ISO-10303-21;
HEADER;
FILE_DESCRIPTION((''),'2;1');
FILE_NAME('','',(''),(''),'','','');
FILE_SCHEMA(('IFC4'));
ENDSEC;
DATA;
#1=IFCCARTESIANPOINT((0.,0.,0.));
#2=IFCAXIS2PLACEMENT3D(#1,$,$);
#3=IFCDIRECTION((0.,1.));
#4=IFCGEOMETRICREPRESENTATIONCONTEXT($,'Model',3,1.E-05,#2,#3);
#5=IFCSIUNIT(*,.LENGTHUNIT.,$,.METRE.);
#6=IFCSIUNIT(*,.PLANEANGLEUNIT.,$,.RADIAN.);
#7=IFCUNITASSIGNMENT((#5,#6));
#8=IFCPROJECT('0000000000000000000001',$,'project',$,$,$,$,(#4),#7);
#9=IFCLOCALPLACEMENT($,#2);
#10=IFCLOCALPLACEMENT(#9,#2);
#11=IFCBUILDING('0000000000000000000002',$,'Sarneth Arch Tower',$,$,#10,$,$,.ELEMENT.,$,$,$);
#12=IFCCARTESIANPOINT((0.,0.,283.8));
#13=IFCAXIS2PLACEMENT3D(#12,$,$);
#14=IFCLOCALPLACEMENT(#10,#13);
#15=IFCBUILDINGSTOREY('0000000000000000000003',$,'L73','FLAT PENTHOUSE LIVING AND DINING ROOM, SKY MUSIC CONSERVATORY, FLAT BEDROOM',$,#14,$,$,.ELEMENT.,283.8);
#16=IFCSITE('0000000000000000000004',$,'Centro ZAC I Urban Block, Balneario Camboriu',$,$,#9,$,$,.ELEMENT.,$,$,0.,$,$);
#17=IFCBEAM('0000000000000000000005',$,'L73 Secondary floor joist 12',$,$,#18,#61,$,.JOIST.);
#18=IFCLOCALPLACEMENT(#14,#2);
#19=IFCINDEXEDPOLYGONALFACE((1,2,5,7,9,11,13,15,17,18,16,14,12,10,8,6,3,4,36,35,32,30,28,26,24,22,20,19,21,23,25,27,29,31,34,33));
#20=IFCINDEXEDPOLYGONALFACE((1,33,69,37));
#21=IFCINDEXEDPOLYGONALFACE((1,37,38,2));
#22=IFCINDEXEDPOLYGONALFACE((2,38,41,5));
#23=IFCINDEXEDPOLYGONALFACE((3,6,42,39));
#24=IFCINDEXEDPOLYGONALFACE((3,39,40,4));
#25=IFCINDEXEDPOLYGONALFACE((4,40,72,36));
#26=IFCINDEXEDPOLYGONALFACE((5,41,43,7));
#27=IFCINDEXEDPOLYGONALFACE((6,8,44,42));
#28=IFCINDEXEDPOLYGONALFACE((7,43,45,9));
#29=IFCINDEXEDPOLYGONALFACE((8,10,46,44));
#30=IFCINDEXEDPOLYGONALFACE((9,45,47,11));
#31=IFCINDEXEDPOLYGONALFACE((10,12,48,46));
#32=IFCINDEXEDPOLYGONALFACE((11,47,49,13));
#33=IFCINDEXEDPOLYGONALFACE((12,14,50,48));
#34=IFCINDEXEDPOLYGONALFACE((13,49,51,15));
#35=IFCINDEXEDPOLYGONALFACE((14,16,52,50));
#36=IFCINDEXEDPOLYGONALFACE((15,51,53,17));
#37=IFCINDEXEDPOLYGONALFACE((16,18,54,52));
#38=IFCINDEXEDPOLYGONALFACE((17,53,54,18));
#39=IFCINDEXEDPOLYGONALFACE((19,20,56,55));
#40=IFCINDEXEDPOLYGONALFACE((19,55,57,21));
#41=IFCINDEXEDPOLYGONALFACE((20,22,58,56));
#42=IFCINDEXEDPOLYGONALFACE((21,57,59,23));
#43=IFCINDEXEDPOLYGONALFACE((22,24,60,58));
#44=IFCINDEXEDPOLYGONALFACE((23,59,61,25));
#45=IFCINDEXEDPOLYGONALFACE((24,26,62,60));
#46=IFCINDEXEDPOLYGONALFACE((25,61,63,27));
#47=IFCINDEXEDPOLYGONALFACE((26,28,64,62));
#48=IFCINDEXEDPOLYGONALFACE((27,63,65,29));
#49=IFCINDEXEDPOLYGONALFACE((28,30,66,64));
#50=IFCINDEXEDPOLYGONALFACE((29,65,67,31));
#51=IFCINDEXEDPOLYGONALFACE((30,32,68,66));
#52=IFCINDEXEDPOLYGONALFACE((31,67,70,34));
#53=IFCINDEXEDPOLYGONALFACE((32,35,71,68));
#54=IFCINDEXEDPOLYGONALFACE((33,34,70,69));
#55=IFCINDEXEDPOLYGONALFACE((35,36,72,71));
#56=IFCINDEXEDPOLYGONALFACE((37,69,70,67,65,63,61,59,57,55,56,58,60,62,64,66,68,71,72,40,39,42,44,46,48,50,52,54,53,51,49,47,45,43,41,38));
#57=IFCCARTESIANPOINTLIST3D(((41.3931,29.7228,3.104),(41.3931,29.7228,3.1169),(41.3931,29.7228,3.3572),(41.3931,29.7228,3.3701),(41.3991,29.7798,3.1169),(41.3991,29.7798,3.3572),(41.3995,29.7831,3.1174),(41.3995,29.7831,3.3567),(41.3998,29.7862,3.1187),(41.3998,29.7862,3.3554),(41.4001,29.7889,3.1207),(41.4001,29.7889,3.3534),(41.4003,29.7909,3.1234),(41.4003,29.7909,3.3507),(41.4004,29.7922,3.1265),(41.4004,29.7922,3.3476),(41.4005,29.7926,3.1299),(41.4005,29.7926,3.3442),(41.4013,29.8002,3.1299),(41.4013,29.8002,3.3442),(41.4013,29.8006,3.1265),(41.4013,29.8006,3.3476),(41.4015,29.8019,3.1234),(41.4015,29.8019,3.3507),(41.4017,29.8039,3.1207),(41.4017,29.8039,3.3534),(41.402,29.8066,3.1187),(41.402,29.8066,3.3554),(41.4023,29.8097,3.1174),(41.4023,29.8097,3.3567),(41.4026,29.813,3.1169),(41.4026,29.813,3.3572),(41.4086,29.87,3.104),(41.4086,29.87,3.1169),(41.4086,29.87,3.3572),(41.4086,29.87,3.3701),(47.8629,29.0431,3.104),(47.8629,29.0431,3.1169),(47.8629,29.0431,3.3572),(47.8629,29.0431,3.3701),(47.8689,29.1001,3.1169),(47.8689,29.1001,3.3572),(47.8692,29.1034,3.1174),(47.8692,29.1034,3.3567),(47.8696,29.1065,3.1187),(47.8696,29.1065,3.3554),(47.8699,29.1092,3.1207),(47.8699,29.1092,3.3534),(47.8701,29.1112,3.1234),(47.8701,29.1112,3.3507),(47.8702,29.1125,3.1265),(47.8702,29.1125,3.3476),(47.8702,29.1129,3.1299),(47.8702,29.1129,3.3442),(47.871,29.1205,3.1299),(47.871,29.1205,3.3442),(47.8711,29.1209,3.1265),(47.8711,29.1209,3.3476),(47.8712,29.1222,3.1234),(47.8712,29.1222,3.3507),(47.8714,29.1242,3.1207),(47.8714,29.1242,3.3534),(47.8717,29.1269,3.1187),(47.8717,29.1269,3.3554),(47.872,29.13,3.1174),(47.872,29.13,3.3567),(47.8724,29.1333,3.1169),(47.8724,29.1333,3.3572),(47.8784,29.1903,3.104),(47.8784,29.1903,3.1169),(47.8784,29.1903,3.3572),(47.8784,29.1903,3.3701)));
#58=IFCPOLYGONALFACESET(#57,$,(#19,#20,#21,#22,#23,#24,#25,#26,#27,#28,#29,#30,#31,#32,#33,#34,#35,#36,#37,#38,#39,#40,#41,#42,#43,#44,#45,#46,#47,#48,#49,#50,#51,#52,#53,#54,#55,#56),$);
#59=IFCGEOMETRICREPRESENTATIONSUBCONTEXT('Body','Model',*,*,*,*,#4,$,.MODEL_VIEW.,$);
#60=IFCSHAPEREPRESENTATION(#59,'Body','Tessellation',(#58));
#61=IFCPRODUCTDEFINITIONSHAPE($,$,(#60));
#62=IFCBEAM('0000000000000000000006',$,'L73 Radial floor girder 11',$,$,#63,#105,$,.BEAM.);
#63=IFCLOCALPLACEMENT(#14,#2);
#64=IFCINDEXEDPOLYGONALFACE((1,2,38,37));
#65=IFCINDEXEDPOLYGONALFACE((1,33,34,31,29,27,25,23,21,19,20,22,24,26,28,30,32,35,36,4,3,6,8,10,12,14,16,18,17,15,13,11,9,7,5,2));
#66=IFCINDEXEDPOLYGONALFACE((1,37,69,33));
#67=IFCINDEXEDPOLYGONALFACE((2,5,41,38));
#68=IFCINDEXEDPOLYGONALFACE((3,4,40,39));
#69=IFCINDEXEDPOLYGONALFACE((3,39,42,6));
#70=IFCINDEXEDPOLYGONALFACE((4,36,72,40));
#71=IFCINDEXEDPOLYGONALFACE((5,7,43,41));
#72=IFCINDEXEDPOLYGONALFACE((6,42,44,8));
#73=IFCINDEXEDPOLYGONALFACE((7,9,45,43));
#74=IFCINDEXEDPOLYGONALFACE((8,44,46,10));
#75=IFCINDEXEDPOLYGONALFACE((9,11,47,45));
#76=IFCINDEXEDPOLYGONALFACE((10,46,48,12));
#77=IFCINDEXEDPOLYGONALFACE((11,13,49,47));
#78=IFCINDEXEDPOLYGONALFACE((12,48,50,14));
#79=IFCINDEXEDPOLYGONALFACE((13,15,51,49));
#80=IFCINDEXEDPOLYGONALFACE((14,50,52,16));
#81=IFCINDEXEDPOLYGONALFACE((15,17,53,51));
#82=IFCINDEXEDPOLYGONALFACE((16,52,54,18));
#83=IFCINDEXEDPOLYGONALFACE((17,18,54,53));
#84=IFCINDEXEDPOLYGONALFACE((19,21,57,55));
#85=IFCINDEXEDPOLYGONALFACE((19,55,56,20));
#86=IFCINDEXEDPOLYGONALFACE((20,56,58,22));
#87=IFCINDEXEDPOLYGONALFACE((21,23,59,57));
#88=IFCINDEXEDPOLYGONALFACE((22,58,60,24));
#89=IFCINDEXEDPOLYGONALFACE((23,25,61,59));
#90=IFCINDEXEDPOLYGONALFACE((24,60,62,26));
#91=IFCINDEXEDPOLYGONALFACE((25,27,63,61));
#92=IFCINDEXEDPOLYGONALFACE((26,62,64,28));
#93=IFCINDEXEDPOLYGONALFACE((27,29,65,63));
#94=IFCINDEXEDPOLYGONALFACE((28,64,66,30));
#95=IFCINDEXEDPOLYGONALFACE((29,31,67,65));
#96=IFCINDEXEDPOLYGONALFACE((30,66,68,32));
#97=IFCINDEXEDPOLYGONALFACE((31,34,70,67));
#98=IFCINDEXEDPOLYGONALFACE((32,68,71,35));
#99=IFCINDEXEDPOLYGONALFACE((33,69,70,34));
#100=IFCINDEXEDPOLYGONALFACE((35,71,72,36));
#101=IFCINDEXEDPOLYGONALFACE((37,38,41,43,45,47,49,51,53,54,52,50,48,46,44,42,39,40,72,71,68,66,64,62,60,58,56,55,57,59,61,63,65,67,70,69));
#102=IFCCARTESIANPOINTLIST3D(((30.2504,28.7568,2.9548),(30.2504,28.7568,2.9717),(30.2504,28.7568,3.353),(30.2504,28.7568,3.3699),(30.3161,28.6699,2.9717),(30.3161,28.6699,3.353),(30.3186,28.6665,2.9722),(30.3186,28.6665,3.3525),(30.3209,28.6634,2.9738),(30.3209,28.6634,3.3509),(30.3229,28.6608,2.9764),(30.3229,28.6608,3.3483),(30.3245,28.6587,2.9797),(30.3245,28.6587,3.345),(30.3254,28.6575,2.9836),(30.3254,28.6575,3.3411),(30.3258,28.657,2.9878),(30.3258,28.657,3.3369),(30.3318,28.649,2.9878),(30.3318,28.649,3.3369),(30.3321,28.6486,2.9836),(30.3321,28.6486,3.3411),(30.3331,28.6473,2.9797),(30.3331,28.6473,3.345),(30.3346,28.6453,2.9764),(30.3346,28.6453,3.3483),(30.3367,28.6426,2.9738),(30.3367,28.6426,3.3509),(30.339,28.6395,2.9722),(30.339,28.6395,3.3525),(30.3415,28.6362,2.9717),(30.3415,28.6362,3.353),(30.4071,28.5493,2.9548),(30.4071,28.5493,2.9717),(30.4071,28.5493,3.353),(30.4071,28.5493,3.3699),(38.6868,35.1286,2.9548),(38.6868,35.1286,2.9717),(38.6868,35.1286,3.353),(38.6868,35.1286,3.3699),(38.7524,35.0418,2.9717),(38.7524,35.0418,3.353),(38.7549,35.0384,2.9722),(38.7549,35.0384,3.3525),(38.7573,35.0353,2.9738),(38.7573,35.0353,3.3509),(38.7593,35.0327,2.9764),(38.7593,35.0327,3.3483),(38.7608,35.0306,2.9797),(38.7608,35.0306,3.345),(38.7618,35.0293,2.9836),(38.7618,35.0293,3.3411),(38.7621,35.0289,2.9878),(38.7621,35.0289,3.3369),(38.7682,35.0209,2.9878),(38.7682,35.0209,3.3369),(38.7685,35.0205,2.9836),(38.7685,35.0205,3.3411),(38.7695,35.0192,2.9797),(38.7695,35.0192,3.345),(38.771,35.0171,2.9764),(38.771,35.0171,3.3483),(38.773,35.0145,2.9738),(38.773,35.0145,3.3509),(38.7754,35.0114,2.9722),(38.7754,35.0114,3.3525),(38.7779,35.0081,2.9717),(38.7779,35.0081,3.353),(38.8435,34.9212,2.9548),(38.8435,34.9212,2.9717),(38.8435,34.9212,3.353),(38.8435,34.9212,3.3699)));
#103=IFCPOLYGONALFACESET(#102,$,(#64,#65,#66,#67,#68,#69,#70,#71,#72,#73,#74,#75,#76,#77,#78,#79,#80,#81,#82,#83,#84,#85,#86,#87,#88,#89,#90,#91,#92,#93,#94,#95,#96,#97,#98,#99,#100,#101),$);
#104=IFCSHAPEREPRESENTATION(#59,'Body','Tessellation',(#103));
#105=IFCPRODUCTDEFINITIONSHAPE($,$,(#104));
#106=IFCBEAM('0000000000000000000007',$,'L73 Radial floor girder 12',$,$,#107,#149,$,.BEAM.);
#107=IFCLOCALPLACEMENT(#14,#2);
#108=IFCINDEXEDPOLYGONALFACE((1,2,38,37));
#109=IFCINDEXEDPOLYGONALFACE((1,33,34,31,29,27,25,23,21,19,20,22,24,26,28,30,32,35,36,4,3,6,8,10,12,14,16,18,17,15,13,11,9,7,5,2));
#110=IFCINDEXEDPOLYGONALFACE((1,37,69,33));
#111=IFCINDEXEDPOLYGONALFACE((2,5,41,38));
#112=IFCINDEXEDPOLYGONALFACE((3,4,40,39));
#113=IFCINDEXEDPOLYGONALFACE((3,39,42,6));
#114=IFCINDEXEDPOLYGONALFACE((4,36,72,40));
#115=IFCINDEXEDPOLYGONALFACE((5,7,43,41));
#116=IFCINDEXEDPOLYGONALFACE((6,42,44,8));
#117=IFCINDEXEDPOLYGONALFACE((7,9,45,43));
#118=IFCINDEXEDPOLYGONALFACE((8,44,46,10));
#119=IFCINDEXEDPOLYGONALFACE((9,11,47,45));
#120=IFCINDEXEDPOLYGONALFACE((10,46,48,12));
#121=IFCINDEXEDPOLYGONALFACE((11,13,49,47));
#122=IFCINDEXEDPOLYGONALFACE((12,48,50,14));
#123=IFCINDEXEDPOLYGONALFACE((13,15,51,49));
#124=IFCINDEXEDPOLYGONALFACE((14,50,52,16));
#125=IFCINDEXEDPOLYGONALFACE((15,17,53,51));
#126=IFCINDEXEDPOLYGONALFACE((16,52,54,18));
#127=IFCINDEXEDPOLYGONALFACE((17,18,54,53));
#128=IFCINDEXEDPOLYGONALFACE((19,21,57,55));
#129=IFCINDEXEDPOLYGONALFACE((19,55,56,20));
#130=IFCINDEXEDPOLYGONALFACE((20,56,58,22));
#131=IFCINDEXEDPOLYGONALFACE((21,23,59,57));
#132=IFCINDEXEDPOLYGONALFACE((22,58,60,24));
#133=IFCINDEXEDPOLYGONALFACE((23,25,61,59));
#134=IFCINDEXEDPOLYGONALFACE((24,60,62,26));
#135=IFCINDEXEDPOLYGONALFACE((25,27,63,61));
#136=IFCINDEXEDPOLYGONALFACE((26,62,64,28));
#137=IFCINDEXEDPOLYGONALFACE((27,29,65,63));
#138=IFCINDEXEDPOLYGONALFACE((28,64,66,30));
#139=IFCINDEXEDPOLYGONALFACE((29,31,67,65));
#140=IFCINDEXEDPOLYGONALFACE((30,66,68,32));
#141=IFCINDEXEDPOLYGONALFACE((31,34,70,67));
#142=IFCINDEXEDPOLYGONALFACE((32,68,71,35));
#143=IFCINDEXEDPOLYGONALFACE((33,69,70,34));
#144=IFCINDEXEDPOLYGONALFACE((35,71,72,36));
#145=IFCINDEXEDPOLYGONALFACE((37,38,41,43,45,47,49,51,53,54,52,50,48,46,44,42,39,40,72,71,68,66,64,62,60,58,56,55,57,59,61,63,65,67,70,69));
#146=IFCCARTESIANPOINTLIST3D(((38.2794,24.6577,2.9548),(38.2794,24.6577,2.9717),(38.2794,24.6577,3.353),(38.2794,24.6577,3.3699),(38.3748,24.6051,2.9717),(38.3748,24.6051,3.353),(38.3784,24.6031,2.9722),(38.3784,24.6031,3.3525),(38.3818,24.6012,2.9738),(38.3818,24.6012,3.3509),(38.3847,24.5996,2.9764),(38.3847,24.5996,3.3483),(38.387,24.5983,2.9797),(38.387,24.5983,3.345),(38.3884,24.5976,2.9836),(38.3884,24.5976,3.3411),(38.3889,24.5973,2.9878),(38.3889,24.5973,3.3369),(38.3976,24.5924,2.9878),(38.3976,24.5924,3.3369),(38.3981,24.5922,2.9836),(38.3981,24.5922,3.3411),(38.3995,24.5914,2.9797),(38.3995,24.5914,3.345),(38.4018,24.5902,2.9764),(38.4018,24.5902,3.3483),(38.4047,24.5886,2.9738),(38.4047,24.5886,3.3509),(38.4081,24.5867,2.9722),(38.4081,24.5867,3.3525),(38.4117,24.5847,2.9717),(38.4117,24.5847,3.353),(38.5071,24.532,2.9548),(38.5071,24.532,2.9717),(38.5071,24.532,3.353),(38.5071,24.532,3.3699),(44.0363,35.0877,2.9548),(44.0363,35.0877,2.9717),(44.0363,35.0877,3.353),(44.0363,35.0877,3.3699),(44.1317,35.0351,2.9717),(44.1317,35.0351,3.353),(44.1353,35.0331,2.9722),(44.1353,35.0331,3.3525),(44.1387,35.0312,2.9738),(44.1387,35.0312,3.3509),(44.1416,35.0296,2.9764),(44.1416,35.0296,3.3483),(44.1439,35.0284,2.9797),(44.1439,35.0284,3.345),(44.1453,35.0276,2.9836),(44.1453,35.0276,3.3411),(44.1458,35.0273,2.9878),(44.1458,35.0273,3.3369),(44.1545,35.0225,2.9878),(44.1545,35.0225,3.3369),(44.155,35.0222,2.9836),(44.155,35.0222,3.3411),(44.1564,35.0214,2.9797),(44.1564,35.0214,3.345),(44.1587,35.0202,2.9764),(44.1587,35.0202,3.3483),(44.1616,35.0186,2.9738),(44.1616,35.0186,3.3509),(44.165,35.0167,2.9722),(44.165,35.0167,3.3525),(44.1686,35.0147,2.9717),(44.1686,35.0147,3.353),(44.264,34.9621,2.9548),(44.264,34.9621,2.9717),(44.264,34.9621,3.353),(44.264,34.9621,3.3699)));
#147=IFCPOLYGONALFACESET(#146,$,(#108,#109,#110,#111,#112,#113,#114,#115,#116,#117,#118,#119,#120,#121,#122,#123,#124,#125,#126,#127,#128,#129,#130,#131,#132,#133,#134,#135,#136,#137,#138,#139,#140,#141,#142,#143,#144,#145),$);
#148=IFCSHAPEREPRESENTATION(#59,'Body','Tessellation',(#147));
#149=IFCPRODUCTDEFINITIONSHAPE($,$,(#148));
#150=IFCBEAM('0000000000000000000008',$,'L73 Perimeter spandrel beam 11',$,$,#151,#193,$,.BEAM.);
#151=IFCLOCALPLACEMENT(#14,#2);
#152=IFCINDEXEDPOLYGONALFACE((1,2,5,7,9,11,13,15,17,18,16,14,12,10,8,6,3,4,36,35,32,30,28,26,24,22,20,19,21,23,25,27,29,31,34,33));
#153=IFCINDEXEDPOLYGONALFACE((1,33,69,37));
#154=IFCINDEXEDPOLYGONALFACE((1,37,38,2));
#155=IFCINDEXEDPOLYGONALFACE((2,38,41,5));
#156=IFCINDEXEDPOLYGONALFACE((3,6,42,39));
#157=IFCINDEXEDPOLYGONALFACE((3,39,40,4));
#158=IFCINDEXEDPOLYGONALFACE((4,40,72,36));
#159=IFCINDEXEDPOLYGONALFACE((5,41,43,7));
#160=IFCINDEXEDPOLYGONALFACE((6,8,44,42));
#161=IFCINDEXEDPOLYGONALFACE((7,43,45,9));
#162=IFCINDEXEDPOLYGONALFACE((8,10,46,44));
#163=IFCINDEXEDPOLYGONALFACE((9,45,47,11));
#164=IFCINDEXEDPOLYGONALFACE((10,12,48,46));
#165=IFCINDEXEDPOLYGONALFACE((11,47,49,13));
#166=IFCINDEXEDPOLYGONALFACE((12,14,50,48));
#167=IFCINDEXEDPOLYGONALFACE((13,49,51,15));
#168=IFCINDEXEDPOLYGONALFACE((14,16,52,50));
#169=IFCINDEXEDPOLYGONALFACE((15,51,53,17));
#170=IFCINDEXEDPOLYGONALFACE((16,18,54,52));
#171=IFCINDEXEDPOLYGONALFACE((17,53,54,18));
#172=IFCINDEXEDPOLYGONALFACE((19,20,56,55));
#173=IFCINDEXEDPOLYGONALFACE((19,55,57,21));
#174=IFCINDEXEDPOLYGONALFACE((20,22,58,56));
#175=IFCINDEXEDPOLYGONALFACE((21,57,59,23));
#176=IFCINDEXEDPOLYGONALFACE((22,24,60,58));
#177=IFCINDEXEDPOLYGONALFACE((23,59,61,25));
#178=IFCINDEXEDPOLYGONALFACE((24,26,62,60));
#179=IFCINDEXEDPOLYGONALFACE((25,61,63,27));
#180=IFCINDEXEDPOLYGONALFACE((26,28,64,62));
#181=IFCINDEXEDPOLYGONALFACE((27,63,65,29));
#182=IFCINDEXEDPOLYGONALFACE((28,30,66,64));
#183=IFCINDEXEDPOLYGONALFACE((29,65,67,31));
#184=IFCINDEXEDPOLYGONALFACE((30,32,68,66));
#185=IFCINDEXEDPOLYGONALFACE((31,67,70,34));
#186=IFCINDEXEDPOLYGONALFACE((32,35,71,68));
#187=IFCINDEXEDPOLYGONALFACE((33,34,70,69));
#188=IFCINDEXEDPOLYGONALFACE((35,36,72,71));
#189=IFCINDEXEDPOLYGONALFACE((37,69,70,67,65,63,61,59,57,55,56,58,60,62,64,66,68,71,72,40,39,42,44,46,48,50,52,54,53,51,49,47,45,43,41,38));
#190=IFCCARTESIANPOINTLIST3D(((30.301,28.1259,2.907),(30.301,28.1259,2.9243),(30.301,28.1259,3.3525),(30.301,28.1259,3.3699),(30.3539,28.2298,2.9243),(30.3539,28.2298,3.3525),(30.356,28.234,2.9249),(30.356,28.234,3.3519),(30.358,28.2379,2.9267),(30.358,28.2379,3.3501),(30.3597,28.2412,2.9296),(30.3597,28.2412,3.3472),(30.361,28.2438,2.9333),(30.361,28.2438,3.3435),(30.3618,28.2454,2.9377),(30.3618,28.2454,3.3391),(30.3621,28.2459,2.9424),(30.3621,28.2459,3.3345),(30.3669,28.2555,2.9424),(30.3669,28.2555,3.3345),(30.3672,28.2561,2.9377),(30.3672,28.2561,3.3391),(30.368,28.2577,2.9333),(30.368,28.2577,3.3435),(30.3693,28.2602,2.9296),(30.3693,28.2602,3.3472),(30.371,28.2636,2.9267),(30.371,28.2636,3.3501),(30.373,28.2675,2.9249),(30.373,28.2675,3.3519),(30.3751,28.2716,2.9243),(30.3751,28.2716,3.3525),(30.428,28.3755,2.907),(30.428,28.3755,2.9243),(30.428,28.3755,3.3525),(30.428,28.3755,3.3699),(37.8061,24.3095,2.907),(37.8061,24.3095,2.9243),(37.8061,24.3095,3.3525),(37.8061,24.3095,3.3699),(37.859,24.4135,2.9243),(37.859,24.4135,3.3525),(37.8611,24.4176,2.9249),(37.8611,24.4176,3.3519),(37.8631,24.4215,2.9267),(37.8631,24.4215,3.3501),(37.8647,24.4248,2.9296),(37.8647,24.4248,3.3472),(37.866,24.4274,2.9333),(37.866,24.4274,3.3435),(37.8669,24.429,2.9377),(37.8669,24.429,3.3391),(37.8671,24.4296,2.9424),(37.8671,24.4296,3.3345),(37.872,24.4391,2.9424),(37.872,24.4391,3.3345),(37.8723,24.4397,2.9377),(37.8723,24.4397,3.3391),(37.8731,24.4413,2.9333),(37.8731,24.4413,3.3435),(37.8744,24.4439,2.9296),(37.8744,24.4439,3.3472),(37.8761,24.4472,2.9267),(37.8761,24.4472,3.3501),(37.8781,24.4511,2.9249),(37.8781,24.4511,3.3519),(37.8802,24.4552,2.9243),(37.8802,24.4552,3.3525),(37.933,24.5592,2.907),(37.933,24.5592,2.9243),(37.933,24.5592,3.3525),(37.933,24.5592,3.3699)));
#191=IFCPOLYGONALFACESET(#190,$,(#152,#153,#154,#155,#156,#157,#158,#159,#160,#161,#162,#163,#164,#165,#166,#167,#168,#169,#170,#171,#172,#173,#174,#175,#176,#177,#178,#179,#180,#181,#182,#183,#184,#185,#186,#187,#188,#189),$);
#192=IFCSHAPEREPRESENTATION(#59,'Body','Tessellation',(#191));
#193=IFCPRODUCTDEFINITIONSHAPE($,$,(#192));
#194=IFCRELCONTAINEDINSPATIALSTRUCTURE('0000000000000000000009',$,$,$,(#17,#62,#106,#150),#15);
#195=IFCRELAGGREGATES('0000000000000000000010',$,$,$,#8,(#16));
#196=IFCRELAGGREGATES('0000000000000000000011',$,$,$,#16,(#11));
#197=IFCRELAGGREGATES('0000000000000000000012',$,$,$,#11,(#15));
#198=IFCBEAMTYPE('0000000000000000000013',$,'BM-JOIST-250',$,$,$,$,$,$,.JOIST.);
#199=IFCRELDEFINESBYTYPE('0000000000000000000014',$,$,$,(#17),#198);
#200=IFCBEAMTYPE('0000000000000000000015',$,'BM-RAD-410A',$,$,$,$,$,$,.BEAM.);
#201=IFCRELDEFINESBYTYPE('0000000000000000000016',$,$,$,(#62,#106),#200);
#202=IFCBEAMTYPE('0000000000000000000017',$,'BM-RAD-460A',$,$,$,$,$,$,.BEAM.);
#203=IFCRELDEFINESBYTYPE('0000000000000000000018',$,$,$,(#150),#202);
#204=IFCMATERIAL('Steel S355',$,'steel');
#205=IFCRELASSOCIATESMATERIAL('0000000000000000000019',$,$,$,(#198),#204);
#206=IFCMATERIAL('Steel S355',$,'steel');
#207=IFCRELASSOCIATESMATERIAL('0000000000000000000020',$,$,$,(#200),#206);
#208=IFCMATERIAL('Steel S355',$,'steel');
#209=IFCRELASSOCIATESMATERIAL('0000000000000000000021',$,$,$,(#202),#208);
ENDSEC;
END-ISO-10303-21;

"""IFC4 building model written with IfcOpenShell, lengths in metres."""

from ifc_helpers import new_model, si_unit, direction, frame, origin, origin_2d, place, context, subcontext, project, spatial, i_section, extrude, material, material_profile, profile_set, type_object, element, save


model = new_model("IFC4")

# Units and contexts
model_context = context("Model", 3, precision=1e-05, world=origin(), true_north=direction((0.0, 1.0)))
body_context = subcontext(model_context, "Body", "Model", "MODEL_VIEW")
ifc_project = project(units=[si_unit("LENGTHUNIT", "METRE"), si_unit("PLANEANGLEUNIT", "RADIAN")], contexts=[model_context])

# Site, building, storey
site_placement = place(None, origin())
site = spatial("IfcSite", under=ifc_project, at=site_placement, Name="Centro ZAC I Urban Block, Balneario Camboriu", CompositionType="ELEMENT", RefElevation=0.0)
building_placement = place(site_placement, origin())
building = spatial("IfcBuilding", under=site, at=building_placement, Name="Sarneth Arch Tower", CompositionType="ELEMENT")
storey_placement = place(building_placement, frame((0.0, 0.0, 283.8)))
storey = spatial("IfcBuildingStorey", under=building, at=storey_placement, Name="L73", Description="FLAT PENTHOUSE LIVING AND DINING ROOM, SKY MUSIC CONSERVATORY, FLAT BEDROOM", CompositionType="ELEMENT", Elevation=283.8)

# Beams
ifc_material_1 = material(Name="Steel S355", Category="steel")
ifc_material_profile_1 = material_profile(ifc_material_1, i_section(OverallWidth=0.1479, OverallDepth=0.2661, WebThickness=0.0076, FlangeThickness=0.0129, FilletRadius=0.0129, at=origin_2d()), Name="W250x44.8")
ifc_profile_set_1 = profile_set([ifc_material_profile_1], Name="Steel S355")
beam_type_1 = type_object("IfcBeamType", Name="BM-JOIST-250", PredefinedType="JOIST", material=ifc_profile_set_1)
beam_1_placement = place(storey_placement, frame((41.4009, 29.7964, 3.2371), z_axis=(0.994527, -0.104482, 0.0), x_axis=(0.104482, 0.994527, 0.0)))
element("IfcBeam", 1, at=beam_1_placement, inside=storey, type_object=beam_type_1, Name="L73 Secondary floor joist 12", PredefinedType="JOIST", context=body_context, shape_type="SweptSolid", body=[
    extrude(i_section(OverallWidth=0.1479, OverallDepth=0.2661, WebThickness=0.0076, FlangeThickness=0.0129, FilletRadius=0.0129, at=origin_2d()), origin(), (0.0, 0.0, 1.0), 6.5054),
])
ifc_material_2 = material(Name="Steel S355", Category="steel")
ifc_material_profile_2 = material_profile(ifc_material_2, i_section(OverallWidth=0.26, OverallDepth=0.415, WebThickness=0.01, FlangeThickness=0.0168, FilletRadius=0.0161, at=origin_2d()), Name="W410x100")
ifc_profile_set_2 = profile_set([ifc_material_profile_2], Name="Steel S355")
beam_type_2 = type_object("IfcBeamType", Name="BM-RAD-410A", PredefinedType="BEAM", material=ifc_profile_set_2)
beam_2_placement = place(storey_placement, frame((38.7651, 35.0249, 3.1624), z_axis=(-0.79797, -0.602698, 0.0), x_axis=(0.602698, -0.79797, 0.0)))
element("IfcBeam", 2, at=beam_2_placement, inside=storey, type_object=beam_type_2, Name="L73 Radial floor girder 11", PredefinedType="BEAM", context=body_context, shape_type="SweptSolid", body=[
    extrude(i_section(OverallWidth=0.26, OverallDepth=0.415, WebThickness=0.01, FlangeThickness=0.0168, FilletRadius=0.0161, at=origin_2d()), origin(), (0.0, 0.0, 1.0), 10.5723),
])
beam_3_placement = place(storey_placement, frame((44.1501, 35.0249, 3.1624), z_axis=(-0.483231, -0.875493, 0.0), x_axis=(0.875493, -0.483231, 0.0)))
element("IfcBeam", 3, at=beam_3_placement, inside=storey, type_object=beam_type_2, Name="L73 Radial floor girder 12", PredefinedType="BEAM", context=body_context, shape_type="SweptSolid", body=[
    extrude(i_section(OverallWidth=0.26, OverallDepth=0.415, WebThickness=0.01, FlangeThickness=0.0168, FilletRadius=0.0161, at=origin_2d()), origin(), (0.0, 0.0, 1.0), 11.9133),
])
ifc_material_3 = material(Name="Steel S355", Category="steel")
ifc_material_profile_3 = material_profile(ifc_material_3, i_section(OverallWidth=0.28, OverallDepth=0.4629, WebThickness=0.0107, FlangeThickness=0.0173, FilletRadius=0.0181, at=origin_2d()), Name="W460x113")
ifc_profile_set_3 = profile_set([ifc_material_profile_3], Name="Steel S355")
beam_type_3 = type_object("IfcBeamType", Name="BM-RAD-460A", PredefinedType="BEAM", material=ifc_profile_set_3)
beam_4_placement = place(storey_placement, frame((30.3645, 28.2507, 3.1384), z_axis=(0.891374, -0.453269, 0.0), x_axis=(0.453269, 0.891374, 0.0)))
element("IfcBeam", 4, at=beam_4_placement, inside=storey, type_object=beam_type_3, Name="L73 Perimeter spandrel beam 11", PredefinedType="BEAM", context=body_context, shape_type="SweptSolid", body=[
    extrude(i_section(OverallWidth=0.28, OverallDepth=0.4629, WebThickness=0.0107, FlangeThickness=0.0173, FilletRadius=0.0181, at=origin_2d()), origin(), (0.0, 0.0, 1.0), 8.4197),
])

save(model, "model.ifc")
